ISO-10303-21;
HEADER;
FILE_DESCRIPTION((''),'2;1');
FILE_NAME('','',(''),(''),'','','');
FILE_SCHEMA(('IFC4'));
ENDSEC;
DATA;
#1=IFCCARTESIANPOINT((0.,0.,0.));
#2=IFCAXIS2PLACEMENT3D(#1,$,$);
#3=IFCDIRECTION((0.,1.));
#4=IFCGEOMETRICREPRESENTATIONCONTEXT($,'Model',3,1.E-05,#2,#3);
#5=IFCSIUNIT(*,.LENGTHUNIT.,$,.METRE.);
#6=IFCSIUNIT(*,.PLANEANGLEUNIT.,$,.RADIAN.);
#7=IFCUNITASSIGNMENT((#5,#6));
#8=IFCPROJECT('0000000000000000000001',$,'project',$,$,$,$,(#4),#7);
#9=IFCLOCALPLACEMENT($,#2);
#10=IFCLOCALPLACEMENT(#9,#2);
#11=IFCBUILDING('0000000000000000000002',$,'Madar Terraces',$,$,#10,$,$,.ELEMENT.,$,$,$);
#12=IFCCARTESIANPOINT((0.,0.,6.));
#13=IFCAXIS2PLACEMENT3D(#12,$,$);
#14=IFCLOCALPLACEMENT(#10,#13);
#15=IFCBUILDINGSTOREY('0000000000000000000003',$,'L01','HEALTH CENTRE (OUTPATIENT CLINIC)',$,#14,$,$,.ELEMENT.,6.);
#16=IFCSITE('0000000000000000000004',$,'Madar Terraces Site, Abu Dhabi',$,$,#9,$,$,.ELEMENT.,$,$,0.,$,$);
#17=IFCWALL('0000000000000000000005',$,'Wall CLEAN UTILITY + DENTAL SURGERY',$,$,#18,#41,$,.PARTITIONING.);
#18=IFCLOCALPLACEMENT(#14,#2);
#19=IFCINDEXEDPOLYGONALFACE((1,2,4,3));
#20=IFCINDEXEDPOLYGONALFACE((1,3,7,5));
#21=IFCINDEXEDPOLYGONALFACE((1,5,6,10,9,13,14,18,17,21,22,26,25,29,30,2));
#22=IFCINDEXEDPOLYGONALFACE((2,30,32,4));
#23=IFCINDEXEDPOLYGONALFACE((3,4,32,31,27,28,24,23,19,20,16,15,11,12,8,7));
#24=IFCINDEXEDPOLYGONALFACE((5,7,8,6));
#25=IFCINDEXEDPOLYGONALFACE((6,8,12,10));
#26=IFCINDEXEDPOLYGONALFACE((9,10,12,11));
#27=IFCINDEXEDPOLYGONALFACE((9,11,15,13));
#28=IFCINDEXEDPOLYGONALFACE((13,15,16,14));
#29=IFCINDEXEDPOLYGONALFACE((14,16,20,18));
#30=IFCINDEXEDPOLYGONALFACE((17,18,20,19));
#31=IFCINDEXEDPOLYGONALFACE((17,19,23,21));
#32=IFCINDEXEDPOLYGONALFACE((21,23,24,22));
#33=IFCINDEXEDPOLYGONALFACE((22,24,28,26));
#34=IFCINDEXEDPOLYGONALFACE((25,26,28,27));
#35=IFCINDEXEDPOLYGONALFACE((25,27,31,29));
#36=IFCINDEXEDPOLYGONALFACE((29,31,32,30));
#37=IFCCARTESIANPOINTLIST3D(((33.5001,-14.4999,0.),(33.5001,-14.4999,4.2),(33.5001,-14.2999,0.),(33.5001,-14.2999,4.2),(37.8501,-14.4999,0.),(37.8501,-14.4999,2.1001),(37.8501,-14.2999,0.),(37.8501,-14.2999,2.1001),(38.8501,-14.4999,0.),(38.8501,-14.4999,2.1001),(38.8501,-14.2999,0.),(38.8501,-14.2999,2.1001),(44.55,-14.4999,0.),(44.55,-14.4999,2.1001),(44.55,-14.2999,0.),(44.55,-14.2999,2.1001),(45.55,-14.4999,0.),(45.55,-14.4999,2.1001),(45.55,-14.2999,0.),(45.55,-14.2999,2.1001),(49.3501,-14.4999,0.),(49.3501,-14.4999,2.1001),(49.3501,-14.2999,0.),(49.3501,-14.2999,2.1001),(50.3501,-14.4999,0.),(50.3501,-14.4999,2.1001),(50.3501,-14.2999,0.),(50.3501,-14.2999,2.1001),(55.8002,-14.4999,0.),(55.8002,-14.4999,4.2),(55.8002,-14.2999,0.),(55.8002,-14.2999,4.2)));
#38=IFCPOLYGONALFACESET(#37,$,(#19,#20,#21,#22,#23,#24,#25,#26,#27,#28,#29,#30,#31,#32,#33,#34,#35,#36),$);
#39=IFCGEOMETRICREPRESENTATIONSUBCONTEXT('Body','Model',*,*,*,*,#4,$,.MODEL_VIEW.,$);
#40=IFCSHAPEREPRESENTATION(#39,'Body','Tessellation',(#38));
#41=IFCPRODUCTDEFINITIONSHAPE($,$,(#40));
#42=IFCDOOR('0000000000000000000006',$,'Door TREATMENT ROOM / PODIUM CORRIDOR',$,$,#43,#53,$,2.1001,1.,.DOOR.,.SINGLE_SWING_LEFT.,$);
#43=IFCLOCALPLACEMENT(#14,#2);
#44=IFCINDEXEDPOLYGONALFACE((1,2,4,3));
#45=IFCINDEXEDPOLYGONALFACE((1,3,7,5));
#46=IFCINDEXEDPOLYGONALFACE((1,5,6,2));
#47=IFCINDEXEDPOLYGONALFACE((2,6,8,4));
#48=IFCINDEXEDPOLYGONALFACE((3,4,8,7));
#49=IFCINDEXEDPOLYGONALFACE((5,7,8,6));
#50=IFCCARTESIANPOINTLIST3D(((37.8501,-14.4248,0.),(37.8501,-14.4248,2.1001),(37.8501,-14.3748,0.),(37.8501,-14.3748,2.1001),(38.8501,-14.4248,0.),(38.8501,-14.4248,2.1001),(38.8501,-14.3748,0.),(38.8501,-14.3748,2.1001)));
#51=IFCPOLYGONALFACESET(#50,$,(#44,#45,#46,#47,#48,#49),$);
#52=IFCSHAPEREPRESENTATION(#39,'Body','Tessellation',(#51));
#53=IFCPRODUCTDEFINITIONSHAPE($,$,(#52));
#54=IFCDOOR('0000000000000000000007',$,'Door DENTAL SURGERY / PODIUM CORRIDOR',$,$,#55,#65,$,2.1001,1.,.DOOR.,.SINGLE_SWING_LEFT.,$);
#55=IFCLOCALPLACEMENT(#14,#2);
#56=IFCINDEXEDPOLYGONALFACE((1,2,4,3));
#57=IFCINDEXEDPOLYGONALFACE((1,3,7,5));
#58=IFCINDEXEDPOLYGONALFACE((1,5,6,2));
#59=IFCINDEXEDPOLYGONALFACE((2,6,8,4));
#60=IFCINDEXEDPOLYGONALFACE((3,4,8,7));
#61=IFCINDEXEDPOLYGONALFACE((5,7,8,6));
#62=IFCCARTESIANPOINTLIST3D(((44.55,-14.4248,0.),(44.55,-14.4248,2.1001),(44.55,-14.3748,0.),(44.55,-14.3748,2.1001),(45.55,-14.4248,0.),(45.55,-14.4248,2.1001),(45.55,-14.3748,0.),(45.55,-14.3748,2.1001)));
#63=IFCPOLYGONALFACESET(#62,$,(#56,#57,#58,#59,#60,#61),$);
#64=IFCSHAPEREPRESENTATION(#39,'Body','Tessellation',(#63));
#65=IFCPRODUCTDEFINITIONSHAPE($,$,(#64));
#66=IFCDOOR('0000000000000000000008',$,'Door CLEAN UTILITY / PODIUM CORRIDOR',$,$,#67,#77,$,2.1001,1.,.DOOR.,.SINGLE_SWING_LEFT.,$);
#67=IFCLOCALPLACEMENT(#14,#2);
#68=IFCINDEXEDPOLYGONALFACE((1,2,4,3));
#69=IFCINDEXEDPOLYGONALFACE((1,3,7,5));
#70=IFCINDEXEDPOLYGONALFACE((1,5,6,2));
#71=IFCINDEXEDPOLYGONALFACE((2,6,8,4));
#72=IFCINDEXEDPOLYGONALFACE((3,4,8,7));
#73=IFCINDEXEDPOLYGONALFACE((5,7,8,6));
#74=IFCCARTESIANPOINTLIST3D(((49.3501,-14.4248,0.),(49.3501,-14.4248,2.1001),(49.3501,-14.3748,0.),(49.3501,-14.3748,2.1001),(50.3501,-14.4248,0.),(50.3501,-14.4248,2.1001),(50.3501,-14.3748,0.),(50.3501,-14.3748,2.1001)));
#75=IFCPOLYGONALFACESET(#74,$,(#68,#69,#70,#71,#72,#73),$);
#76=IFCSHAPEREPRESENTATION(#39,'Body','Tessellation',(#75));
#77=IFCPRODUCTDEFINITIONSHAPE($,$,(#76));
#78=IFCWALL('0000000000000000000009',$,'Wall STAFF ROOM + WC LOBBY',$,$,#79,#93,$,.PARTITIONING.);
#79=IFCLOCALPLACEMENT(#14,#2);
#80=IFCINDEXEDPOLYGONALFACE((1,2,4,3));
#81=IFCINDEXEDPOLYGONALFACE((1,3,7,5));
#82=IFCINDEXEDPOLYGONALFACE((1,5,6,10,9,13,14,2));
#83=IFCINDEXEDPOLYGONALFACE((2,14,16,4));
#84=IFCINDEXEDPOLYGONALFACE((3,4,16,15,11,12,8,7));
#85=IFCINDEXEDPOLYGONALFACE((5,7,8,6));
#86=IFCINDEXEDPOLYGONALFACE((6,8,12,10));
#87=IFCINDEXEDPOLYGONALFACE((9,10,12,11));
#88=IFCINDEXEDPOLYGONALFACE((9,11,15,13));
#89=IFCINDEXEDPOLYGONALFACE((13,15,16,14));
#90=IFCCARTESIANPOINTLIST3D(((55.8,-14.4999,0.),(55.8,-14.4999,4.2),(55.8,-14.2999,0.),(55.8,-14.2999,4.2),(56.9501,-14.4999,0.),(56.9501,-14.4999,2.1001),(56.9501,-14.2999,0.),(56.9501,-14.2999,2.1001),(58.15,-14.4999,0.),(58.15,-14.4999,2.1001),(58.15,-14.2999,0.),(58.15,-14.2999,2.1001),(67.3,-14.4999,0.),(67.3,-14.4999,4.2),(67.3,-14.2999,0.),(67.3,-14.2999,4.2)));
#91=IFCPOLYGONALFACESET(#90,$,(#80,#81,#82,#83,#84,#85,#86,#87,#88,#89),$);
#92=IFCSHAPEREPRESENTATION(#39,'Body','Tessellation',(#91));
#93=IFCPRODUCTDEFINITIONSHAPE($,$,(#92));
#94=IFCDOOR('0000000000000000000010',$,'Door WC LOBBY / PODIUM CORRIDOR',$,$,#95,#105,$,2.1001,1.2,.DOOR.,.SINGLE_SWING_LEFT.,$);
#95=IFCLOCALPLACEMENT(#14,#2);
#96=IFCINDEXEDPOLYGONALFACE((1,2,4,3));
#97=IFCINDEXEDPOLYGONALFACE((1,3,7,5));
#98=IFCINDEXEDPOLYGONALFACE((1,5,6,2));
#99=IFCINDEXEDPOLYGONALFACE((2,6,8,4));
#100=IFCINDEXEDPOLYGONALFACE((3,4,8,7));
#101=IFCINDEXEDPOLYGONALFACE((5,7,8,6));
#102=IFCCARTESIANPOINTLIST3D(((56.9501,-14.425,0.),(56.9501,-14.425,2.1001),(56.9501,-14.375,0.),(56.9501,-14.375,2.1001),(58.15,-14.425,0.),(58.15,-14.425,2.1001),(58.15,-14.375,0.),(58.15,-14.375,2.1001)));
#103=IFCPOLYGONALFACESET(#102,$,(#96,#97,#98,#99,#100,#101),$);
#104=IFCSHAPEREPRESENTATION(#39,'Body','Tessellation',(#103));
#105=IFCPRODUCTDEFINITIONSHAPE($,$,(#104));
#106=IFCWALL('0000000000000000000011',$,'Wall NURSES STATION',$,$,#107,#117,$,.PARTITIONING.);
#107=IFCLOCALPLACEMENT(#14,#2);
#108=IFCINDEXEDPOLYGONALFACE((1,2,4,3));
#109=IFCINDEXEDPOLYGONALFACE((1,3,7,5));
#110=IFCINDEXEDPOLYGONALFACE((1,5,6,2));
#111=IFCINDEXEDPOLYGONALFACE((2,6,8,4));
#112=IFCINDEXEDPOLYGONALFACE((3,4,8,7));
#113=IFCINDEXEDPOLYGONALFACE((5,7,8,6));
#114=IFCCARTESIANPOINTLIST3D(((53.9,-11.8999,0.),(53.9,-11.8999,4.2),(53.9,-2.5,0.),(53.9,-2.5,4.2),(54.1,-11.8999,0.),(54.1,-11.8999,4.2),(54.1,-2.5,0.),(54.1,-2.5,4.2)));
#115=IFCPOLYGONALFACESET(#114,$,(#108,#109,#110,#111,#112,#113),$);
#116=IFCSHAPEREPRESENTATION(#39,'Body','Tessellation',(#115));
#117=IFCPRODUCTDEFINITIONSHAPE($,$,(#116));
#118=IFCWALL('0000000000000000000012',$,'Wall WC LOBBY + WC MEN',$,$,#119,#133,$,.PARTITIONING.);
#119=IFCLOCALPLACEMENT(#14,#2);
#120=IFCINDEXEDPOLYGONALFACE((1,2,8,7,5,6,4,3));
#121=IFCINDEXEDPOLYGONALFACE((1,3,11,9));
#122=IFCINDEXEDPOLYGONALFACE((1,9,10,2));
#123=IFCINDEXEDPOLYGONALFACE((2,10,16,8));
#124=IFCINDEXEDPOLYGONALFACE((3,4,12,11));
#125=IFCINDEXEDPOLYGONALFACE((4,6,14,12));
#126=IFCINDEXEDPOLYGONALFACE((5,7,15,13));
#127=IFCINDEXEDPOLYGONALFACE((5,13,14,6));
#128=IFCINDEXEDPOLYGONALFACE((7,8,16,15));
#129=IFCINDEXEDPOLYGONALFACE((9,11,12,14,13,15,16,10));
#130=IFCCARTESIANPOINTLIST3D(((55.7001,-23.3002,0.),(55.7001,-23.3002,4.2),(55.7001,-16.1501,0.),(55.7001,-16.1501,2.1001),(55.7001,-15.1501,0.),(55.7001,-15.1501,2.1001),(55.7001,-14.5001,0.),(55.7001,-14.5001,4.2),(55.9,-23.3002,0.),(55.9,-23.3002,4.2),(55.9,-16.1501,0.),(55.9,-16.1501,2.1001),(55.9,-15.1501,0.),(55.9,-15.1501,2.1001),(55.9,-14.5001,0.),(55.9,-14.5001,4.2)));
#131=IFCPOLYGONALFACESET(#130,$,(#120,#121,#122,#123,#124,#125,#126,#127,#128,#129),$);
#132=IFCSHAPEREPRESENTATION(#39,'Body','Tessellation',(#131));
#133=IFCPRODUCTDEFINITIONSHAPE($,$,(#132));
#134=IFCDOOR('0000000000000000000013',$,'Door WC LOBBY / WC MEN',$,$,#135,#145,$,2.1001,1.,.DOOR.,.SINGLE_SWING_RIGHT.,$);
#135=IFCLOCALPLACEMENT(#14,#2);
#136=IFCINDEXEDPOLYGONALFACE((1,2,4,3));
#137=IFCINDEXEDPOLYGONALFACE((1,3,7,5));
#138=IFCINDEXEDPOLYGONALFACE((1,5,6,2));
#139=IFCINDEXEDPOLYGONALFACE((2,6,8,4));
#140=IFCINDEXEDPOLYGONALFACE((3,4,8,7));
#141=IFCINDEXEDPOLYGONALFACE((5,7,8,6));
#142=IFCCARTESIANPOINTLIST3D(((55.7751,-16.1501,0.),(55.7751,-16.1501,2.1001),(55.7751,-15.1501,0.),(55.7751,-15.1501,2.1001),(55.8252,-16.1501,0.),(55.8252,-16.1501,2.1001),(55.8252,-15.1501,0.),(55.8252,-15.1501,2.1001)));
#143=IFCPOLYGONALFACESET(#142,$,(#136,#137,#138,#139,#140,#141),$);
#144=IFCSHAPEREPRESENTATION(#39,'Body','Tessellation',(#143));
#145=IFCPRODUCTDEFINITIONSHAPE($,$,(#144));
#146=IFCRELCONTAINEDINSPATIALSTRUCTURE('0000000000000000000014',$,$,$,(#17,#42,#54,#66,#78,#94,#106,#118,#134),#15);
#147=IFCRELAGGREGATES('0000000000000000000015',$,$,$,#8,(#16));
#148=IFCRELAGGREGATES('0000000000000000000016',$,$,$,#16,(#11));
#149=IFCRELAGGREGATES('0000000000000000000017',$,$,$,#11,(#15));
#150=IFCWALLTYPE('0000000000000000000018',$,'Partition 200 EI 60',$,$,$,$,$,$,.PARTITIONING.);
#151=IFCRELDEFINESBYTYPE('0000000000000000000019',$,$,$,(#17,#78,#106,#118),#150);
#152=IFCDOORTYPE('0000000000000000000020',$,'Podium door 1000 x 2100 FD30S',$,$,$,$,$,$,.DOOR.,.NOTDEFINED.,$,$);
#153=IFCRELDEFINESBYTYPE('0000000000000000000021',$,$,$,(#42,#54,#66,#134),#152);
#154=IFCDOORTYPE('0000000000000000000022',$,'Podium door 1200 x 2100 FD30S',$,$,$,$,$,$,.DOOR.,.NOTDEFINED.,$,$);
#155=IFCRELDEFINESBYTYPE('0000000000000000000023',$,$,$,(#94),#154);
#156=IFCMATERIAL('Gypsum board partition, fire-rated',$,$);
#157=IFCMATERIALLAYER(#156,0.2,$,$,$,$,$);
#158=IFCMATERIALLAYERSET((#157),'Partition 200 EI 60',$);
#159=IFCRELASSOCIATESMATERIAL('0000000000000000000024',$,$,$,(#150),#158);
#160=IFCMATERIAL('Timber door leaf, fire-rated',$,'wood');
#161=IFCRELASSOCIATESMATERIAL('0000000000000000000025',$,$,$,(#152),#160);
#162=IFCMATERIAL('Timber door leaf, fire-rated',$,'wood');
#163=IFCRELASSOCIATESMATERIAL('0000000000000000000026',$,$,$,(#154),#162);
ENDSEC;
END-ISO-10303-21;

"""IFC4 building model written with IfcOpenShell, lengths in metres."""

from ifc_helpers import new_model, si_unit, direction, frame, frame_2d, origin, place, context, subcontext, project, spatial, rectangle, extrude, material, layer, layer_set, type_object, element, fill, save


model = new_model("IFC4")

# Units and contexts
model_context = context("Model", 3, precision=1e-05, world=origin(), true_north=direction((0.0, 1.0)))
body_context = subcontext(model_context, "Body", "Model", "MODEL_VIEW")
ifc_project = project(units=[si_unit("LENGTHUNIT", "METRE"), si_unit("PLANEANGLEUNIT", "RADIAN")], contexts=[model_context])

# Site, building, storey
site_placement = place(None, origin())
site = spatial("IfcSite", under=ifc_project, at=site_placement, Name="Madar Terraces Site, Abu Dhabi", CompositionType="ELEMENT", RefElevation=0.0)
building_placement = place(site_placement, origin())
building = spatial("IfcBuilding", under=site, at=building_placement, Name="Madar Terraces", CompositionType="ELEMENT")
storey_placement = place(building_placement, frame((0.0, 0.0, 6.0)))
storey = spatial("IfcBuildingStorey", under=building, at=storey_placement, Name="L01", Description="HEALTH CENTRE (OUTPATIENT CLINIC)", CompositionType="ELEMENT", Elevation=6.0)

# Shared definitions
ifc_material_1 = material(Name="Gypsum board partition, fire-rated")
ifc_layer_1 = layer(ifc_material_1, 0.2)
ifc_layer_set_1 = layer_set([ifc_layer_1], Name="Partition 200 EI 60")
wall_type = type_object("IfcWallType", Name="Partition 200 EI 60", PredefinedType="PARTITIONING", material=ifc_layer_set_1)
ifc_material_2 = material(Name="Timber door leaf, fire-rated", Category="wood")
door_type_1 = type_object("IfcDoorType", Name="Podium door 1000 x 2100 FD30S", OperationType="NOTDEFINED", PredefinedType="DOOR", material=ifc_material_2)

# Wall, openings, doors
wall_1_placement = place(storey_placement, frame((55.8, -14.3999, 0.0), z_axis=(0.0, 0.0, 1.0), x_axis=(-1.0, 0.0, 0.0)))
wall_1 = element("IfcWall", 1, at=wall_1_placement, inside=storey, type_object=wall_type, Name="Wall CLEAN UTILITY + DENTAL SURGERY", PredefinedType="PARTITIONING", context=body_context, shape_type="SweptSolid", body=[
    extrude(rectangle(XDim=22.3, YDim=0.2, at=frame_2d((11.1499, 0.0))), origin(), (0.0, 0.0, 1.0), 4.2),
])
opening_1_placement = place(wall_1_placement, frame((16.95, 0.0, 0.0)))
opening_1 = element("IfcOpeningElement", 2, at=opening_1_placement, cuts=wall_1, PredefinedType="OPENING", context=body_context, shape_type="SweptSolid", body=[
    extrude(rectangle(XDim=1.0, YDim=2.1001, at=frame_2d((0.5, 1.05))), frame((0.0, 0.1099, 0.0), z_axis=(0.0, -1.0, 0.0), x_axis=(1.0, 0.0, 0.0)), (0.0, 0.0, 1.0), 0.22),
])
opening_2_placement = place(wall_1_placement, frame((10.25, 0.0, 0.0)))
opening_2 = element("IfcOpeningElement", 3, at=opening_2_placement, cuts=wall_1, PredefinedType="OPENING", context=body_context, shape_type="SweptSolid", body=[
    extrude(rectangle(XDim=1.0, YDim=2.1001, at=frame_2d((0.5, 1.05))), frame((0.0, 0.1099, 0.0), z_axis=(0.0, -1.0, 0.0), x_axis=(1.0, 0.0, 0.0)), (0.0, 0.0, 1.0), 0.22),
])
opening_3_placement = place(wall_1_placement, frame((5.45, 0.0, 0.0)))
opening_3 = element("IfcOpeningElement", 4, at=opening_3_placement, cuts=wall_1, PredefinedType="OPENING", context=body_context, shape_type="SweptSolid", body=[
    extrude(rectangle(XDim=1.0, YDim=2.1001, at=frame_2d((0.5, 1.05))), frame((0.0, 0.1099, 0.0), z_axis=(0.0, -1.0, 0.0), x_axis=(1.0, 0.0, 0.0)), (0.0, 0.0, 1.0), 0.22),
])
door_1_placement = place(opening_1_placement, origin())
door_1 = element("IfcDoor", 5, at=door_1_placement, inside=storey, type_object=door_type_1, Name="Door TREATMENT ROOM / PODIUM CORRIDOR", OperationType="SINGLE_SWING_LEFT", OverallHeight=2.1001, OverallWidth=1.0, PredefinedType="DOOR", context=body_context, shape_type="SweptSolid", body=[
    extrude(rectangle(XDim=1.0, YDim=2.1001, at=frame_2d((0.5, 1.05))), frame((0.0, 0.0249, 0.0), z_axis=(0.0, -1.0, 0.0), x_axis=(1.0, 0.0, 0.0)), (0.0, 0.0, 1.0), 0.05),
])
fill(opening_1, door_1)
door_2_placement = place(opening_2_placement, origin())
door_2 = element("IfcDoor", 6, at=door_2_placement, inside=storey, type_object=door_type_1, Name="Door DENTAL SURGERY / PODIUM CORRIDOR", OperationType="SINGLE_SWING_LEFT", OverallHeight=2.1001, OverallWidth=1.0, PredefinedType="DOOR", context=body_context, shape_type="SweptSolid", body=[
    extrude(rectangle(XDim=1.0, YDim=2.1001, at=frame_2d((0.5, 1.05))), frame((0.0, 0.0249, 0.0), z_axis=(0.0, -1.0, 0.0), x_axis=(1.0, 0.0, 0.0)), (0.0, 0.0, 1.0), 0.05),
])
fill(opening_2, door_2)
door_3_placement = place(opening_3_placement, origin())
door_3 = element("IfcDoor", 7, at=door_3_placement, inside=storey, type_object=door_type_1, Name="Door CLEAN UTILITY / PODIUM CORRIDOR", OperationType="SINGLE_SWING_LEFT", OverallHeight=2.1001, OverallWidth=1.0, PredefinedType="DOOR", context=body_context, shape_type="SweptSolid", body=[
    extrude(rectangle(XDim=1.0, YDim=2.1001, at=frame_2d((0.5, 1.05))), frame((0.0, 0.0249, 0.0), z_axis=(0.0, -1.0, 0.0), x_axis=(1.0, 0.0, 0.0)), (0.0, 0.0, 1.0), 0.05),
])
fill(opening_3, door_3)

# Wall, opening, door
wall_2_placement = place(storey_placement, frame((55.8, -14.3999, 0.0), z_axis=(0.0, 0.0, 1.0), x_axis=(1.0, 0.0, 0.0)))
wall_2 = element("IfcWall", 8, at=wall_2_placement, inside=storey, type_object=wall_type, Name="Wall STAFF ROOM + WC LOBBY", PredefinedType="PARTITIONING", context=body_context, shape_type="SweptSolid", body=[
    extrude(rectangle(XDim=11.5, YDim=0.2, at=frame_2d((5.75, 0.0))), origin(), (0.0, 0.0, 1.0), 4.2),
])
opening_4_placement = place(wall_2_placement, frame((1.1499, 0.0, 0.0)))
opening_4 = element("IfcOpeningElement", 9, at=opening_4_placement, cuts=wall_2, PredefinedType="OPENING", context=body_context, shape_type="SweptSolid", body=[
    extrude(rectangle(XDim=1.2, YDim=2.1001, at=frame_2d((0.6001, 1.05))), frame((0.0, 0.1099, 0.0), z_axis=(0.0, -1.0, 0.0), x_axis=(1.0, 0.0, 0.0)), (0.0, 0.0, 1.0), 0.22),
])
ifc_material_3 = material(Name="Timber door leaf, fire-rated", Category="wood")
door_type_2 = type_object("IfcDoorType", Name="Podium door 1200 x 2100 FD30S", OperationType="NOTDEFINED", PredefinedType="DOOR", material=ifc_material_3)
door_4_placement = place(opening_4_placement, origin())
door_4 = element("IfcDoor", 10, at=door_4_placement, inside=storey, type_object=door_type_2, Name="Door WC LOBBY / PODIUM CORRIDOR", OperationType="SINGLE_SWING_LEFT", OverallHeight=2.1001, OverallWidth=1.2, PredefinedType="DOOR", context=body_context, shape_type="SweptSolid", body=[
    extrude(rectangle(XDim=1.2, YDim=2.1001, at=frame_2d((0.6001, 1.05))), frame((0.0, 0.0249, 0.0), z_axis=(0.0, -1.0, 0.0), x_axis=(1.0, 0.0, 0.0)), (0.0, 0.0, 1.0), 0.05),
])
fill(opening_4, door_4)

# Wall
wall_3_placement = place(storey_placement, frame((54.0, -11.8999, 0.0), z_axis=(0.0, 0.0, 1.0), x_axis=(0.0, 1.0, 0.0)))
element("IfcWall", 11, at=wall_3_placement, inside=storey, type_object=wall_type, Name="Wall NURSES STATION", PredefinedType="PARTITIONING", context=body_context, shape_type="SweptSolid", body=[
    extrude(rectangle(XDim=9.3999, YDim=0.2, at=frame_2d((4.7, 0.0))), origin(), (0.0, 0.0, 1.0), 4.2),
])

# Wall, opening, door
wall_4_placement = place(storey_placement, frame((55.8, -23.3, 0.0), z_axis=(0.0, 0.0, 1.0), x_axis=(0.0, 1.0, 0.0)))
wall_4 = element("IfcWall", 12, at=wall_4_placement, inside=storey, type_object=wall_type, Name="Wall WC LOBBY + WC MEN", PredefinedType="PARTITIONING", context=body_context, shape_type="SweptSolid", body=[
    extrude(rectangle(XDim=8.8, YDim=0.2, at=frame_2d((4.3999, 0.0))), origin(), (0.0, 0.0, 1.0), 4.2),
])
opening_5_placement = place(wall_4_placement, frame((7.1499, 0.0, 0.0)))
opening_5 = element("IfcOpeningElement", 13, at=opening_5_placement, cuts=wall_4, PredefinedType="OPENING", context=body_context, shape_type="SweptSolid", body=[
    extrude(rectangle(XDim=1.0, YDim=2.1001, at=frame_2d((0.5, 1.05))), frame((0.0, 0.1099, 0.0), z_axis=(0.0, -1.0, 0.0), x_axis=(1.0, 0.0, 0.0)), (0.0, 0.0, 1.0), 0.22),
])
door_5_placement = place(opening_5_placement, origin())
door_5 = element("IfcDoor", 14, at=door_5_placement, inside=storey, type_object=door_type_1, Name="Door WC LOBBY / WC MEN", OperationType="SINGLE_SWING_RIGHT", OverallHeight=2.1001, OverallWidth=1.0, PredefinedType="DOOR", context=body_context, shape_type="SweptSolid", body=[
    extrude(rectangle(XDim=1.0, YDim=2.1001, at=frame_2d((0.5, 1.05))), frame((0.0, 0.0249, 0.0), z_axis=(0.0, -1.0, 0.0), x_axis=(1.0, 0.0, 0.0)), (0.0, 0.0, 1.0), 0.05),
])
fill(opening_5, door_5)

save(model, "model.ifc")
